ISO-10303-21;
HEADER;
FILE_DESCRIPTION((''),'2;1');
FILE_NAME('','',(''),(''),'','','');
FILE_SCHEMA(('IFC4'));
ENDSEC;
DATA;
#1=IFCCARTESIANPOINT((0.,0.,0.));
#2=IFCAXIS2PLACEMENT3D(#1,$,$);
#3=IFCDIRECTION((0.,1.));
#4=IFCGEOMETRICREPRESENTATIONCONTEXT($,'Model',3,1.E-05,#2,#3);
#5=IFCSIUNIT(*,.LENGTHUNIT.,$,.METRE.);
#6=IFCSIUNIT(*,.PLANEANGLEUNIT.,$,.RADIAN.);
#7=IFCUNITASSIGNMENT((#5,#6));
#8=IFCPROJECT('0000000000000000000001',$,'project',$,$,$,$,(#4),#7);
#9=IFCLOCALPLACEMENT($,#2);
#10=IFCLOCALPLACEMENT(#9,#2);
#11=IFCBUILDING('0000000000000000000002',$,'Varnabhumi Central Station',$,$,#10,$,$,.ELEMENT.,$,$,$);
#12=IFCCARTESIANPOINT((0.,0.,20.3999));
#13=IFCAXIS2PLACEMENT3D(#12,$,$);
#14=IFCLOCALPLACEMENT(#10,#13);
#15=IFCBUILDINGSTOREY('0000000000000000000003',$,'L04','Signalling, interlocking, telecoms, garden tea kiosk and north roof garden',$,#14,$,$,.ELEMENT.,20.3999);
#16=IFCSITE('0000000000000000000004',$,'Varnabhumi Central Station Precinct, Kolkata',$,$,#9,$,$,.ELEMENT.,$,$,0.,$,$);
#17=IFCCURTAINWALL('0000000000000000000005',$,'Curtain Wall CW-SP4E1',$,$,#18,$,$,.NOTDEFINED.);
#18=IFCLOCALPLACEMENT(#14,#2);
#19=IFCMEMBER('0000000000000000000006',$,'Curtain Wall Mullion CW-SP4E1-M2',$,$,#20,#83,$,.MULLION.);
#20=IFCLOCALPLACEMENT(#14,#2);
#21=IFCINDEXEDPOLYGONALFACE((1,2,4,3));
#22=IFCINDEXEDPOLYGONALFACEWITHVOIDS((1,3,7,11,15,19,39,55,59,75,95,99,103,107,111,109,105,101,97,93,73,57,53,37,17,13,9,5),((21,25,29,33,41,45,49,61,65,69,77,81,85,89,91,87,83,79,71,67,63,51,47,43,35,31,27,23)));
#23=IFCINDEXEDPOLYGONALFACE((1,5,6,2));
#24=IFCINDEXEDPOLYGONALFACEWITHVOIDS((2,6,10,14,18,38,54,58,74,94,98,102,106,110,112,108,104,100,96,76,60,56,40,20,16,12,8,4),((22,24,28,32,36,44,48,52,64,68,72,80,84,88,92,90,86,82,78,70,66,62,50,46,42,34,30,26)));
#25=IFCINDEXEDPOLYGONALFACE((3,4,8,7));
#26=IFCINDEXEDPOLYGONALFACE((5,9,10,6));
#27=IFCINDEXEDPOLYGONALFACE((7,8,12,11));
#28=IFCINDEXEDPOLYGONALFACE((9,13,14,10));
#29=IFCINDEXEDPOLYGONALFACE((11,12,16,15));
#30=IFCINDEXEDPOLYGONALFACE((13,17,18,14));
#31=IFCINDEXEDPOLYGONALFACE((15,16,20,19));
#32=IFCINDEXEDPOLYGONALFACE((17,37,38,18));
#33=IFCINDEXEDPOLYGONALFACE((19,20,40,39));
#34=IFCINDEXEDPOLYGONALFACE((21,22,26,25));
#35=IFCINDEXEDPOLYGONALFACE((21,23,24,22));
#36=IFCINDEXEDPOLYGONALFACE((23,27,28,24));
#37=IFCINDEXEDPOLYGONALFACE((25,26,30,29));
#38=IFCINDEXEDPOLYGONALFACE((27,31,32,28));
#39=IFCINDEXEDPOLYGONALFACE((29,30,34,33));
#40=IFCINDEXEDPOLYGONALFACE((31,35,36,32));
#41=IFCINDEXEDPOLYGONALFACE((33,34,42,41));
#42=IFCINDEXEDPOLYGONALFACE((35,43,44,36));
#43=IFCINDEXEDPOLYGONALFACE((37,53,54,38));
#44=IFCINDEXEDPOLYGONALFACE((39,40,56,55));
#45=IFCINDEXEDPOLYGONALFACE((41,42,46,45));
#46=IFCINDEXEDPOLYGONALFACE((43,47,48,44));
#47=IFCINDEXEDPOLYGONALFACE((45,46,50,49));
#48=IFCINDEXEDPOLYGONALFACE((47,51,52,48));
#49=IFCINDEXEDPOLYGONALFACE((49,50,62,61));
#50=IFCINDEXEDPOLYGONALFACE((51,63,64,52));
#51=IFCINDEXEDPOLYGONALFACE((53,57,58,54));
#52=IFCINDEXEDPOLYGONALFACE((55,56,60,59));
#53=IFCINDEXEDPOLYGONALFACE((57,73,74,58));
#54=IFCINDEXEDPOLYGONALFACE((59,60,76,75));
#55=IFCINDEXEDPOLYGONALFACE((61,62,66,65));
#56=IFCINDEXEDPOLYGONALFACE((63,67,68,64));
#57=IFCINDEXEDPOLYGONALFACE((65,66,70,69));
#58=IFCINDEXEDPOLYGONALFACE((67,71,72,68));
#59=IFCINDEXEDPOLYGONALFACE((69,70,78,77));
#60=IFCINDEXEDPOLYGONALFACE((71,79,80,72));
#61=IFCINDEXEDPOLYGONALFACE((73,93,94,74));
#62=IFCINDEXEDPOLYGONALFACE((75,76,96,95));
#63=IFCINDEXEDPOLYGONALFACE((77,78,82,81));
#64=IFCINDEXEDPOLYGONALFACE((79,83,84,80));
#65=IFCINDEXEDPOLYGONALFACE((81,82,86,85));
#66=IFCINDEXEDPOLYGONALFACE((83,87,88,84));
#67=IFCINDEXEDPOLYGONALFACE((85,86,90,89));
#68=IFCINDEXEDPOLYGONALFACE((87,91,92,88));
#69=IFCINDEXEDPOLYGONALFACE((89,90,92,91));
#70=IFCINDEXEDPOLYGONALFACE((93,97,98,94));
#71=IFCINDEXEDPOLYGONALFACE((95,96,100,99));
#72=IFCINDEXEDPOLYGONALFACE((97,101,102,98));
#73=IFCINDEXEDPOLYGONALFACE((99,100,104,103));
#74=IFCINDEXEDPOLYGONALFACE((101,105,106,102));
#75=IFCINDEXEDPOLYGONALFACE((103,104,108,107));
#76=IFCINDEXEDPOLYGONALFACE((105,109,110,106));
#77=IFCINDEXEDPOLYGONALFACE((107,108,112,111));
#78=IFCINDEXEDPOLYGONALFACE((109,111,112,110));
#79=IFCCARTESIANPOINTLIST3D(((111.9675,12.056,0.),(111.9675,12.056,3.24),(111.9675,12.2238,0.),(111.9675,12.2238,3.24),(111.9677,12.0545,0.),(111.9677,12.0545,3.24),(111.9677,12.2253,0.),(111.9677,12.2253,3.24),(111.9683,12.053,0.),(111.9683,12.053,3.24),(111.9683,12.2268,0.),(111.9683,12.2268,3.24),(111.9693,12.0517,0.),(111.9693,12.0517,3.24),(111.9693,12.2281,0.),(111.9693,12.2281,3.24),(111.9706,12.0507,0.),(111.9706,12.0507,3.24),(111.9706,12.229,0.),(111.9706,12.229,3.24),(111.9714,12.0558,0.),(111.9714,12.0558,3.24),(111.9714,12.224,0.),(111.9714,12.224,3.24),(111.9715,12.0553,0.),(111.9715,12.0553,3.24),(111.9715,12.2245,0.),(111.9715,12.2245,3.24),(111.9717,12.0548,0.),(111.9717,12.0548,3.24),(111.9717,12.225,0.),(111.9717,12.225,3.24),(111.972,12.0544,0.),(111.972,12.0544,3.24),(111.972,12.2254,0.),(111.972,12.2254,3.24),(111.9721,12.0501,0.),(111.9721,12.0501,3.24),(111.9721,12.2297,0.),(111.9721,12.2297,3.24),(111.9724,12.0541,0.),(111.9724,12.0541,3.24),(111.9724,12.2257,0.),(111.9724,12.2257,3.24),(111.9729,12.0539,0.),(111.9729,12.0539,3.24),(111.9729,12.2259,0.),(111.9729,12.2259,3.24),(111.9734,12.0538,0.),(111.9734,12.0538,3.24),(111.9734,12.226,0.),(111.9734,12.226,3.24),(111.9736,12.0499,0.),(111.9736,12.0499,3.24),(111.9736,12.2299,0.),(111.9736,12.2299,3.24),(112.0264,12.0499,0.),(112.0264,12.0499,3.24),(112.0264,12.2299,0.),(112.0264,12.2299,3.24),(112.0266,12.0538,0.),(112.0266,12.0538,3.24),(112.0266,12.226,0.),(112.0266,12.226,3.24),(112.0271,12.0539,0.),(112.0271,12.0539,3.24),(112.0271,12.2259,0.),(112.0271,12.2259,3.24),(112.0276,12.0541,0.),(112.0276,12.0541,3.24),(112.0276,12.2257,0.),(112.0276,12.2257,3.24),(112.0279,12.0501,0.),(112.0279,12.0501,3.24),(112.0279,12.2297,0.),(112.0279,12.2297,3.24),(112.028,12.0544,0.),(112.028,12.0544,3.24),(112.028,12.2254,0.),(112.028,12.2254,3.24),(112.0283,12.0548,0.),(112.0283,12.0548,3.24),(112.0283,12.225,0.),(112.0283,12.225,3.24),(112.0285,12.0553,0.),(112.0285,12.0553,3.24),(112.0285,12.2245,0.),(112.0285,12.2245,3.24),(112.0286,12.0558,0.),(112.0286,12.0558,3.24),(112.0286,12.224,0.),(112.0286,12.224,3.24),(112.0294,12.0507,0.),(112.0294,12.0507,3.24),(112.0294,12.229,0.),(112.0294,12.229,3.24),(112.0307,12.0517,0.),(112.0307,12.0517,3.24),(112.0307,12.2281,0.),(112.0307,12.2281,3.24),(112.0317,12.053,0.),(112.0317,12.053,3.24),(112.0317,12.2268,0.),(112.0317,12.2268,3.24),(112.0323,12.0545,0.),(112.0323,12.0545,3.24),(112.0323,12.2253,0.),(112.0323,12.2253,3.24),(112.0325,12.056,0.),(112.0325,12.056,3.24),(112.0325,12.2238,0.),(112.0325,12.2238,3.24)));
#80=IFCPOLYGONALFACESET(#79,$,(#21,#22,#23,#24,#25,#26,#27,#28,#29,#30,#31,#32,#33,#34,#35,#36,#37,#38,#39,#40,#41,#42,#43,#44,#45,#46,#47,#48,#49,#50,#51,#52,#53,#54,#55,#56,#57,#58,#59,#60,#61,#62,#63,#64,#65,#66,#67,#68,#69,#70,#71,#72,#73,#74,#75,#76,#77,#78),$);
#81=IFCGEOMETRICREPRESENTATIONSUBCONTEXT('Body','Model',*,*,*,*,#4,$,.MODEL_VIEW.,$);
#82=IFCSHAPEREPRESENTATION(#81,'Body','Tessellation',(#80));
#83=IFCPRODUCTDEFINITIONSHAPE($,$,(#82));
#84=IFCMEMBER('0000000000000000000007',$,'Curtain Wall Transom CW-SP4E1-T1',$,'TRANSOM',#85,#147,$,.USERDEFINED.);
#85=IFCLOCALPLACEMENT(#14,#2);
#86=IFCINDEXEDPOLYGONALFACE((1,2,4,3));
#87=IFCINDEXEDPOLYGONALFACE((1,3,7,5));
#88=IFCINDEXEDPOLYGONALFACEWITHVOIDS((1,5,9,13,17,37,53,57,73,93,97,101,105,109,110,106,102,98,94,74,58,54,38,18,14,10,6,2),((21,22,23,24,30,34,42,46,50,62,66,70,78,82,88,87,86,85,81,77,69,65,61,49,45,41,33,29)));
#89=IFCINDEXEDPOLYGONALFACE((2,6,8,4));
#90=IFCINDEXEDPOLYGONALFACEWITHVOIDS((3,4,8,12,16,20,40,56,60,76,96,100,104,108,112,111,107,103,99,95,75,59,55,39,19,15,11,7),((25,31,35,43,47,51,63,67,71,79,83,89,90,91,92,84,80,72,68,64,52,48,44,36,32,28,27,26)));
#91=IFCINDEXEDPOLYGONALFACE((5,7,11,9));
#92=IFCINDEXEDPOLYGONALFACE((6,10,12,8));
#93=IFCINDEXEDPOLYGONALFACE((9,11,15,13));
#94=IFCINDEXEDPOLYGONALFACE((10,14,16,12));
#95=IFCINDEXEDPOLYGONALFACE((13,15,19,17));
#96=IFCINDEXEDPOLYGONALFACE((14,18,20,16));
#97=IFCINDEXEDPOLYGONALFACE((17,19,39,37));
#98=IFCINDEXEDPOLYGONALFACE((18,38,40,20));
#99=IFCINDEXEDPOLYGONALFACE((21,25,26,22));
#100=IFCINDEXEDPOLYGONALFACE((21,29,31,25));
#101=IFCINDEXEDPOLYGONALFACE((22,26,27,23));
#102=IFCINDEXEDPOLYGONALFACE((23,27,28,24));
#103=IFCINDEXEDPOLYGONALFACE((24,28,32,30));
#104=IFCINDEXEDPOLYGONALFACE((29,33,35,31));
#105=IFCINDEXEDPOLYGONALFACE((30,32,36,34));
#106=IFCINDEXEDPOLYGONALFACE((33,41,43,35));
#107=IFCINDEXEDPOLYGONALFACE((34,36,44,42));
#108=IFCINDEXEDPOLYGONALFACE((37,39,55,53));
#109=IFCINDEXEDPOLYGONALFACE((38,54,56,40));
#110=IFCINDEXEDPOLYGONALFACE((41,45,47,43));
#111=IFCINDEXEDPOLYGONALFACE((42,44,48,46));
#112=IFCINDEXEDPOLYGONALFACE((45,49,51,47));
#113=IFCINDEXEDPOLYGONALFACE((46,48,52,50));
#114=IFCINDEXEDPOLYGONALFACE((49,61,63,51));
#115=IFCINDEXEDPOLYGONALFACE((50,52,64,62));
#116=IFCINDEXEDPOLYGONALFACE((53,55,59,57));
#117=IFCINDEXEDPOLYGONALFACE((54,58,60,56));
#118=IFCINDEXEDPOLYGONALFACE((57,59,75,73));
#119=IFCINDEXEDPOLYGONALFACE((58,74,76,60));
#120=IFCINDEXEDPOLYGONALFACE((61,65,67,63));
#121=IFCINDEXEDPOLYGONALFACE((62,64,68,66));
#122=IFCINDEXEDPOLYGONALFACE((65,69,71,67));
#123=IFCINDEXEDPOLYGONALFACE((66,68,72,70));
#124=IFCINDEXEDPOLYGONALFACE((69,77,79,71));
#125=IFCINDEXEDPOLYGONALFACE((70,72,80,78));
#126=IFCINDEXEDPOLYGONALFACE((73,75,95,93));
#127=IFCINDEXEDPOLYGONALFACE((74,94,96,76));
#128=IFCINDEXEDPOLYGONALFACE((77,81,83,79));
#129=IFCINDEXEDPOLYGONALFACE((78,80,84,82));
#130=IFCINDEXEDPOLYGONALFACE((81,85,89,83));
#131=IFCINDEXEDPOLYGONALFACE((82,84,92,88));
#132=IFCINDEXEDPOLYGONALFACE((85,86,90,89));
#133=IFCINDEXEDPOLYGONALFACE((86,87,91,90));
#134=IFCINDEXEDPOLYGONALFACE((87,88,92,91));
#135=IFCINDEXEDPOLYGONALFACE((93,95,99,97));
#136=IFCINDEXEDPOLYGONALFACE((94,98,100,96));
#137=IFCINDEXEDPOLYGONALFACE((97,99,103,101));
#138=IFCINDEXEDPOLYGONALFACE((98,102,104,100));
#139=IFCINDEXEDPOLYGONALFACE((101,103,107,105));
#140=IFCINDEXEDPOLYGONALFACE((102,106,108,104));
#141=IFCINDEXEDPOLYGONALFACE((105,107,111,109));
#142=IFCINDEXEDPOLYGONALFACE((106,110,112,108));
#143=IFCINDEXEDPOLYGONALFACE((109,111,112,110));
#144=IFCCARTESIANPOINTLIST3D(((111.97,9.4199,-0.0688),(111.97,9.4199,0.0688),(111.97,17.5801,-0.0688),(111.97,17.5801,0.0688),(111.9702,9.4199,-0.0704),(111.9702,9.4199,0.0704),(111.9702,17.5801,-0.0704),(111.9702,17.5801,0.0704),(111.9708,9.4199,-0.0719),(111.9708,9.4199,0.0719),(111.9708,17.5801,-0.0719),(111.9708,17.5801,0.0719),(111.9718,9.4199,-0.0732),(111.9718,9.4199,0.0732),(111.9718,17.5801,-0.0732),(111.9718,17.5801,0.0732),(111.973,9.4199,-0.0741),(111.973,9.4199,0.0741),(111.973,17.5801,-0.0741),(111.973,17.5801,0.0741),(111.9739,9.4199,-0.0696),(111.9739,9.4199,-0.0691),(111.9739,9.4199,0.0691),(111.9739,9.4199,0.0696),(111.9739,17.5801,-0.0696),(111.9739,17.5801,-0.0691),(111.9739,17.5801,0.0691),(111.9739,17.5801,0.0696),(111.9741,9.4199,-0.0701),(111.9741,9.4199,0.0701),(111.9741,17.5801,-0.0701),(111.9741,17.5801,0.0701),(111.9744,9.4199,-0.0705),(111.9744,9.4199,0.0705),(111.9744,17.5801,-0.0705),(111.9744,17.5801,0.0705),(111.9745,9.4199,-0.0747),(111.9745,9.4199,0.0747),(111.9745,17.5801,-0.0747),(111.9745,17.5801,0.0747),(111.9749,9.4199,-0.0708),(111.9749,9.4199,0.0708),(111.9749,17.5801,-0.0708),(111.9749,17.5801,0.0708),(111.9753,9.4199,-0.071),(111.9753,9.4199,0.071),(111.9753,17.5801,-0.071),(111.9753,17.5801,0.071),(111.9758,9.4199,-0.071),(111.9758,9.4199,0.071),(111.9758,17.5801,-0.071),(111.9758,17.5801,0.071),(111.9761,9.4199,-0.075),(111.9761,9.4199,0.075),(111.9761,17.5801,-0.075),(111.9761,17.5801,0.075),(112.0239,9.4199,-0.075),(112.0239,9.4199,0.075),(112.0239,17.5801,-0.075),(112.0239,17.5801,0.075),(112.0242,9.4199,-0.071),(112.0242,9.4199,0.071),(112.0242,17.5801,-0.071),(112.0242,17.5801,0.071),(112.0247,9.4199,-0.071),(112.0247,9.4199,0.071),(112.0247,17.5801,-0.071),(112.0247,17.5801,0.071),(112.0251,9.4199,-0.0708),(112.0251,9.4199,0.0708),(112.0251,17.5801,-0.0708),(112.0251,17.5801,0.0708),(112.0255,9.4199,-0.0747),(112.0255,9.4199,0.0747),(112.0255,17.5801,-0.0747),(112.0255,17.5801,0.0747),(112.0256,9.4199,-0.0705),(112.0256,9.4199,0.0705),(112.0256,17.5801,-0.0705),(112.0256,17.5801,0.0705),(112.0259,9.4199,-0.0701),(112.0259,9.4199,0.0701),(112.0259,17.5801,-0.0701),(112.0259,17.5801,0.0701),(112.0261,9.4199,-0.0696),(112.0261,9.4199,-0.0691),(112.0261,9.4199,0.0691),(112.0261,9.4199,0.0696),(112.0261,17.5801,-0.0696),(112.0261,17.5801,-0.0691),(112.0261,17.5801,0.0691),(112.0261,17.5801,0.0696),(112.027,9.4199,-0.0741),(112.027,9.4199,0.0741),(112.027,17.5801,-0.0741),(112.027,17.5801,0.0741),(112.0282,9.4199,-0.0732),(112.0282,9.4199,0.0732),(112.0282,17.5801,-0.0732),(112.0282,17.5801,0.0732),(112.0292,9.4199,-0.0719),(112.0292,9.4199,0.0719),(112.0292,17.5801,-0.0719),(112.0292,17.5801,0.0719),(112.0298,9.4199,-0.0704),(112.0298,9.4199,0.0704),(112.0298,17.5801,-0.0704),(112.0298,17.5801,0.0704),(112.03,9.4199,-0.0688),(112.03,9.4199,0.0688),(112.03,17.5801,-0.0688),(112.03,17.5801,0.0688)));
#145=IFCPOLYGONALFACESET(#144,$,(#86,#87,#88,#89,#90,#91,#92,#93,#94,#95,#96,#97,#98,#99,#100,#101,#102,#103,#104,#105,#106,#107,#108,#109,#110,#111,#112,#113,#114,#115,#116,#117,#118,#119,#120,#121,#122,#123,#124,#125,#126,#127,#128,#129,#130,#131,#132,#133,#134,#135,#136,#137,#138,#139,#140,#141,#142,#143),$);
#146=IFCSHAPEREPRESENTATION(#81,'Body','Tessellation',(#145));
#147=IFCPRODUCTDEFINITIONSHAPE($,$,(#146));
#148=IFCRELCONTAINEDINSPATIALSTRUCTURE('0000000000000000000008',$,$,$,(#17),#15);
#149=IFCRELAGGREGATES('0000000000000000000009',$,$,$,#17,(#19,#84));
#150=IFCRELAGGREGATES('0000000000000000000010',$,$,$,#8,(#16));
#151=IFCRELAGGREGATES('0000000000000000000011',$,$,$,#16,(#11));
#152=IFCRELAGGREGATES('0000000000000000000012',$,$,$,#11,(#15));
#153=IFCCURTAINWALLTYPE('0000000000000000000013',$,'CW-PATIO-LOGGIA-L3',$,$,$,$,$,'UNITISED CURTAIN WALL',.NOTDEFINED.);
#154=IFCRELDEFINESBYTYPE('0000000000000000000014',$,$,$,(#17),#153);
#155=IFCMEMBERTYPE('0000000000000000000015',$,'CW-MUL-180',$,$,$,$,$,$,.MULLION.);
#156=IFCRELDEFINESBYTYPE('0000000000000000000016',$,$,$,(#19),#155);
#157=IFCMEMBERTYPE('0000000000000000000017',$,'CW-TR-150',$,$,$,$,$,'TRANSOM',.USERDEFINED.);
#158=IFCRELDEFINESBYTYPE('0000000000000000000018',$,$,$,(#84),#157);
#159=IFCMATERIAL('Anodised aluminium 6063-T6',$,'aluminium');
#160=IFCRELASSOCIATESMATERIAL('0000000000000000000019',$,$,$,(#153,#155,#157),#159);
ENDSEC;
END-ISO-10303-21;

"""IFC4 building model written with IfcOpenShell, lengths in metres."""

from ifc_helpers import new_model, si_unit, direction, frame, origin, origin_2d, place, context, subcontext, project, spatial, hollow_rectangle, extrude, material, material_profile, profile_set, type_object, element, aggregate, save


model = new_model("IFC4")

# Units and contexts
model_context = context("Model", 3, precision=1e-05, world=origin(), true_north=direction((0.0, 1.0)))
body_context = subcontext(model_context, "Body", "Model", "MODEL_VIEW")
ifc_project = project(units=[si_unit("LENGTHUNIT", "METRE"), si_unit("PLANEANGLEUNIT", "RADIAN")], contexts=[model_context])

# Site, building, storey
site_placement = place(None, origin())
site = spatial("IfcSite", under=ifc_project, at=site_placement, Name="Varnabhumi Central Station Precinct, Kolkata", CompositionType="ELEMENT", RefElevation=0.0)
building_placement = place(site_placement, origin())
building = spatial("IfcBuilding", under=site, at=building_placement, Name="Varnabhumi Central Station", CompositionType="ELEMENT")
storey_placement = place(building_placement, frame((0.0, 0.0, 20.3999)))
storey = spatial("IfcBuildingStorey", under=building, at=storey_placement, Name="L04", Description="Signalling, interlocking, telecoms, garden tea kiosk and north roof garden", CompositionType="ELEMENT", Elevation=20.3999)

# Curtain wall, members
ifc_material_1 = material(Name="Anodised aluminium 6063-T6", Category="aluminium")
curtain_wall_type = type_object("IfcCurtainWallType", Name="CW-PATIO-LOGGIA-L3", ElementType="UNITISED CURTAIN WALL", PredefinedType="NOTDEFINED", material=ifc_material_1)
curtain_wall_placement = place(storey_placement, origin())
curtain_wall = element("IfcCurtainWall", 1, at=curtain_wall_placement, inside=storey, type_object=curtain_wall_type, Name="Curtain Wall CW-SP4E1", PredefinedType="NOTDEFINED")
ifc_material_profile_1 = material_profile(ifc_material_1, hollow_rectangle(XDim=0.0649, YDim=0.1799, WallThickness=0.0039, InnerFilletRadius=0.002, OuterFilletRadius=0.0061, at=origin_2d()), Name="Anodised aluminium 6063-T6", Category="aluminium")
ifc_profile_set_1 = profile_set([ifc_material_profile_1], Name="Anodised aluminium 6063-T6")
member_type_1 = type_object("IfcMemberType", Name="CW-MUL-180", PredefinedType="MULLION", material=ifc_profile_set_1)
member_1_placement = place(storey_placement, frame((112.0, 12.1399, 0.0), z_axis=(0.0, 0.0, 1.0), x_axis=(1.0, 0.0, 0.0)))
member_1 = element("IfcMember", 2, at=member_1_placement, type_object=member_type_1, Name="Curtain Wall Mullion CW-SP4E1-M2", PredefinedType="MULLION", context=body_context, shape_type="SweptSolid", body=[
    extrude(hollow_rectangle(XDim=0.0649, YDim=0.1799, WallThickness=0.0039, InnerFilletRadius=0.002, OuterFilletRadius=0.0061, at=origin_2d()), origin(), (0.0, 0.0, 1.0), 3.24),
])
ifc_material_profile_2 = material_profile(ifc_material_1, hollow_rectangle(XDim=0.0601, YDim=0.1499, WallThickness=0.0039, InnerFilletRadius=0.002, OuterFilletRadius=0.0061, at=origin_2d()), Name="Anodised aluminium 6063-T6", Category="aluminium")
ifc_profile_set_2 = profile_set([ifc_material_profile_2], Name="Anodised aluminium 6063-T6")
member_type_2 = type_object("IfcMemberType", Name="CW-TR-150", ElementType="TRANSOM", PredefinedType="USERDEFINED", material=ifc_profile_set_2)
member_2_placement = place(storey_placement, frame((112.0, 9.4199, 0.0), z_axis=(0.0, 1.0, 0.0), x_axis=(-1.0, 0.0, 0.0)))
member_2 = element("IfcMember", 3, at=member_2_placement, type_object=member_type_2, Name="Curtain Wall Transom CW-SP4E1-T1", ObjectType="TRANSOM", PredefinedType="USERDEFINED", context=body_context, shape_type="SweptSolid", body=[
    extrude(hollow_rectangle(XDim=0.0601, YDim=0.1499, WallThickness=0.0039, InnerFilletRadius=0.002, OuterFilletRadius=0.0061, at=origin_2d()), origin(), (0.0, 0.0, 1.0), 8.1602),
])
aggregate(curtain_wall, [member_1, member_2])

save(model, "model.ifc")
